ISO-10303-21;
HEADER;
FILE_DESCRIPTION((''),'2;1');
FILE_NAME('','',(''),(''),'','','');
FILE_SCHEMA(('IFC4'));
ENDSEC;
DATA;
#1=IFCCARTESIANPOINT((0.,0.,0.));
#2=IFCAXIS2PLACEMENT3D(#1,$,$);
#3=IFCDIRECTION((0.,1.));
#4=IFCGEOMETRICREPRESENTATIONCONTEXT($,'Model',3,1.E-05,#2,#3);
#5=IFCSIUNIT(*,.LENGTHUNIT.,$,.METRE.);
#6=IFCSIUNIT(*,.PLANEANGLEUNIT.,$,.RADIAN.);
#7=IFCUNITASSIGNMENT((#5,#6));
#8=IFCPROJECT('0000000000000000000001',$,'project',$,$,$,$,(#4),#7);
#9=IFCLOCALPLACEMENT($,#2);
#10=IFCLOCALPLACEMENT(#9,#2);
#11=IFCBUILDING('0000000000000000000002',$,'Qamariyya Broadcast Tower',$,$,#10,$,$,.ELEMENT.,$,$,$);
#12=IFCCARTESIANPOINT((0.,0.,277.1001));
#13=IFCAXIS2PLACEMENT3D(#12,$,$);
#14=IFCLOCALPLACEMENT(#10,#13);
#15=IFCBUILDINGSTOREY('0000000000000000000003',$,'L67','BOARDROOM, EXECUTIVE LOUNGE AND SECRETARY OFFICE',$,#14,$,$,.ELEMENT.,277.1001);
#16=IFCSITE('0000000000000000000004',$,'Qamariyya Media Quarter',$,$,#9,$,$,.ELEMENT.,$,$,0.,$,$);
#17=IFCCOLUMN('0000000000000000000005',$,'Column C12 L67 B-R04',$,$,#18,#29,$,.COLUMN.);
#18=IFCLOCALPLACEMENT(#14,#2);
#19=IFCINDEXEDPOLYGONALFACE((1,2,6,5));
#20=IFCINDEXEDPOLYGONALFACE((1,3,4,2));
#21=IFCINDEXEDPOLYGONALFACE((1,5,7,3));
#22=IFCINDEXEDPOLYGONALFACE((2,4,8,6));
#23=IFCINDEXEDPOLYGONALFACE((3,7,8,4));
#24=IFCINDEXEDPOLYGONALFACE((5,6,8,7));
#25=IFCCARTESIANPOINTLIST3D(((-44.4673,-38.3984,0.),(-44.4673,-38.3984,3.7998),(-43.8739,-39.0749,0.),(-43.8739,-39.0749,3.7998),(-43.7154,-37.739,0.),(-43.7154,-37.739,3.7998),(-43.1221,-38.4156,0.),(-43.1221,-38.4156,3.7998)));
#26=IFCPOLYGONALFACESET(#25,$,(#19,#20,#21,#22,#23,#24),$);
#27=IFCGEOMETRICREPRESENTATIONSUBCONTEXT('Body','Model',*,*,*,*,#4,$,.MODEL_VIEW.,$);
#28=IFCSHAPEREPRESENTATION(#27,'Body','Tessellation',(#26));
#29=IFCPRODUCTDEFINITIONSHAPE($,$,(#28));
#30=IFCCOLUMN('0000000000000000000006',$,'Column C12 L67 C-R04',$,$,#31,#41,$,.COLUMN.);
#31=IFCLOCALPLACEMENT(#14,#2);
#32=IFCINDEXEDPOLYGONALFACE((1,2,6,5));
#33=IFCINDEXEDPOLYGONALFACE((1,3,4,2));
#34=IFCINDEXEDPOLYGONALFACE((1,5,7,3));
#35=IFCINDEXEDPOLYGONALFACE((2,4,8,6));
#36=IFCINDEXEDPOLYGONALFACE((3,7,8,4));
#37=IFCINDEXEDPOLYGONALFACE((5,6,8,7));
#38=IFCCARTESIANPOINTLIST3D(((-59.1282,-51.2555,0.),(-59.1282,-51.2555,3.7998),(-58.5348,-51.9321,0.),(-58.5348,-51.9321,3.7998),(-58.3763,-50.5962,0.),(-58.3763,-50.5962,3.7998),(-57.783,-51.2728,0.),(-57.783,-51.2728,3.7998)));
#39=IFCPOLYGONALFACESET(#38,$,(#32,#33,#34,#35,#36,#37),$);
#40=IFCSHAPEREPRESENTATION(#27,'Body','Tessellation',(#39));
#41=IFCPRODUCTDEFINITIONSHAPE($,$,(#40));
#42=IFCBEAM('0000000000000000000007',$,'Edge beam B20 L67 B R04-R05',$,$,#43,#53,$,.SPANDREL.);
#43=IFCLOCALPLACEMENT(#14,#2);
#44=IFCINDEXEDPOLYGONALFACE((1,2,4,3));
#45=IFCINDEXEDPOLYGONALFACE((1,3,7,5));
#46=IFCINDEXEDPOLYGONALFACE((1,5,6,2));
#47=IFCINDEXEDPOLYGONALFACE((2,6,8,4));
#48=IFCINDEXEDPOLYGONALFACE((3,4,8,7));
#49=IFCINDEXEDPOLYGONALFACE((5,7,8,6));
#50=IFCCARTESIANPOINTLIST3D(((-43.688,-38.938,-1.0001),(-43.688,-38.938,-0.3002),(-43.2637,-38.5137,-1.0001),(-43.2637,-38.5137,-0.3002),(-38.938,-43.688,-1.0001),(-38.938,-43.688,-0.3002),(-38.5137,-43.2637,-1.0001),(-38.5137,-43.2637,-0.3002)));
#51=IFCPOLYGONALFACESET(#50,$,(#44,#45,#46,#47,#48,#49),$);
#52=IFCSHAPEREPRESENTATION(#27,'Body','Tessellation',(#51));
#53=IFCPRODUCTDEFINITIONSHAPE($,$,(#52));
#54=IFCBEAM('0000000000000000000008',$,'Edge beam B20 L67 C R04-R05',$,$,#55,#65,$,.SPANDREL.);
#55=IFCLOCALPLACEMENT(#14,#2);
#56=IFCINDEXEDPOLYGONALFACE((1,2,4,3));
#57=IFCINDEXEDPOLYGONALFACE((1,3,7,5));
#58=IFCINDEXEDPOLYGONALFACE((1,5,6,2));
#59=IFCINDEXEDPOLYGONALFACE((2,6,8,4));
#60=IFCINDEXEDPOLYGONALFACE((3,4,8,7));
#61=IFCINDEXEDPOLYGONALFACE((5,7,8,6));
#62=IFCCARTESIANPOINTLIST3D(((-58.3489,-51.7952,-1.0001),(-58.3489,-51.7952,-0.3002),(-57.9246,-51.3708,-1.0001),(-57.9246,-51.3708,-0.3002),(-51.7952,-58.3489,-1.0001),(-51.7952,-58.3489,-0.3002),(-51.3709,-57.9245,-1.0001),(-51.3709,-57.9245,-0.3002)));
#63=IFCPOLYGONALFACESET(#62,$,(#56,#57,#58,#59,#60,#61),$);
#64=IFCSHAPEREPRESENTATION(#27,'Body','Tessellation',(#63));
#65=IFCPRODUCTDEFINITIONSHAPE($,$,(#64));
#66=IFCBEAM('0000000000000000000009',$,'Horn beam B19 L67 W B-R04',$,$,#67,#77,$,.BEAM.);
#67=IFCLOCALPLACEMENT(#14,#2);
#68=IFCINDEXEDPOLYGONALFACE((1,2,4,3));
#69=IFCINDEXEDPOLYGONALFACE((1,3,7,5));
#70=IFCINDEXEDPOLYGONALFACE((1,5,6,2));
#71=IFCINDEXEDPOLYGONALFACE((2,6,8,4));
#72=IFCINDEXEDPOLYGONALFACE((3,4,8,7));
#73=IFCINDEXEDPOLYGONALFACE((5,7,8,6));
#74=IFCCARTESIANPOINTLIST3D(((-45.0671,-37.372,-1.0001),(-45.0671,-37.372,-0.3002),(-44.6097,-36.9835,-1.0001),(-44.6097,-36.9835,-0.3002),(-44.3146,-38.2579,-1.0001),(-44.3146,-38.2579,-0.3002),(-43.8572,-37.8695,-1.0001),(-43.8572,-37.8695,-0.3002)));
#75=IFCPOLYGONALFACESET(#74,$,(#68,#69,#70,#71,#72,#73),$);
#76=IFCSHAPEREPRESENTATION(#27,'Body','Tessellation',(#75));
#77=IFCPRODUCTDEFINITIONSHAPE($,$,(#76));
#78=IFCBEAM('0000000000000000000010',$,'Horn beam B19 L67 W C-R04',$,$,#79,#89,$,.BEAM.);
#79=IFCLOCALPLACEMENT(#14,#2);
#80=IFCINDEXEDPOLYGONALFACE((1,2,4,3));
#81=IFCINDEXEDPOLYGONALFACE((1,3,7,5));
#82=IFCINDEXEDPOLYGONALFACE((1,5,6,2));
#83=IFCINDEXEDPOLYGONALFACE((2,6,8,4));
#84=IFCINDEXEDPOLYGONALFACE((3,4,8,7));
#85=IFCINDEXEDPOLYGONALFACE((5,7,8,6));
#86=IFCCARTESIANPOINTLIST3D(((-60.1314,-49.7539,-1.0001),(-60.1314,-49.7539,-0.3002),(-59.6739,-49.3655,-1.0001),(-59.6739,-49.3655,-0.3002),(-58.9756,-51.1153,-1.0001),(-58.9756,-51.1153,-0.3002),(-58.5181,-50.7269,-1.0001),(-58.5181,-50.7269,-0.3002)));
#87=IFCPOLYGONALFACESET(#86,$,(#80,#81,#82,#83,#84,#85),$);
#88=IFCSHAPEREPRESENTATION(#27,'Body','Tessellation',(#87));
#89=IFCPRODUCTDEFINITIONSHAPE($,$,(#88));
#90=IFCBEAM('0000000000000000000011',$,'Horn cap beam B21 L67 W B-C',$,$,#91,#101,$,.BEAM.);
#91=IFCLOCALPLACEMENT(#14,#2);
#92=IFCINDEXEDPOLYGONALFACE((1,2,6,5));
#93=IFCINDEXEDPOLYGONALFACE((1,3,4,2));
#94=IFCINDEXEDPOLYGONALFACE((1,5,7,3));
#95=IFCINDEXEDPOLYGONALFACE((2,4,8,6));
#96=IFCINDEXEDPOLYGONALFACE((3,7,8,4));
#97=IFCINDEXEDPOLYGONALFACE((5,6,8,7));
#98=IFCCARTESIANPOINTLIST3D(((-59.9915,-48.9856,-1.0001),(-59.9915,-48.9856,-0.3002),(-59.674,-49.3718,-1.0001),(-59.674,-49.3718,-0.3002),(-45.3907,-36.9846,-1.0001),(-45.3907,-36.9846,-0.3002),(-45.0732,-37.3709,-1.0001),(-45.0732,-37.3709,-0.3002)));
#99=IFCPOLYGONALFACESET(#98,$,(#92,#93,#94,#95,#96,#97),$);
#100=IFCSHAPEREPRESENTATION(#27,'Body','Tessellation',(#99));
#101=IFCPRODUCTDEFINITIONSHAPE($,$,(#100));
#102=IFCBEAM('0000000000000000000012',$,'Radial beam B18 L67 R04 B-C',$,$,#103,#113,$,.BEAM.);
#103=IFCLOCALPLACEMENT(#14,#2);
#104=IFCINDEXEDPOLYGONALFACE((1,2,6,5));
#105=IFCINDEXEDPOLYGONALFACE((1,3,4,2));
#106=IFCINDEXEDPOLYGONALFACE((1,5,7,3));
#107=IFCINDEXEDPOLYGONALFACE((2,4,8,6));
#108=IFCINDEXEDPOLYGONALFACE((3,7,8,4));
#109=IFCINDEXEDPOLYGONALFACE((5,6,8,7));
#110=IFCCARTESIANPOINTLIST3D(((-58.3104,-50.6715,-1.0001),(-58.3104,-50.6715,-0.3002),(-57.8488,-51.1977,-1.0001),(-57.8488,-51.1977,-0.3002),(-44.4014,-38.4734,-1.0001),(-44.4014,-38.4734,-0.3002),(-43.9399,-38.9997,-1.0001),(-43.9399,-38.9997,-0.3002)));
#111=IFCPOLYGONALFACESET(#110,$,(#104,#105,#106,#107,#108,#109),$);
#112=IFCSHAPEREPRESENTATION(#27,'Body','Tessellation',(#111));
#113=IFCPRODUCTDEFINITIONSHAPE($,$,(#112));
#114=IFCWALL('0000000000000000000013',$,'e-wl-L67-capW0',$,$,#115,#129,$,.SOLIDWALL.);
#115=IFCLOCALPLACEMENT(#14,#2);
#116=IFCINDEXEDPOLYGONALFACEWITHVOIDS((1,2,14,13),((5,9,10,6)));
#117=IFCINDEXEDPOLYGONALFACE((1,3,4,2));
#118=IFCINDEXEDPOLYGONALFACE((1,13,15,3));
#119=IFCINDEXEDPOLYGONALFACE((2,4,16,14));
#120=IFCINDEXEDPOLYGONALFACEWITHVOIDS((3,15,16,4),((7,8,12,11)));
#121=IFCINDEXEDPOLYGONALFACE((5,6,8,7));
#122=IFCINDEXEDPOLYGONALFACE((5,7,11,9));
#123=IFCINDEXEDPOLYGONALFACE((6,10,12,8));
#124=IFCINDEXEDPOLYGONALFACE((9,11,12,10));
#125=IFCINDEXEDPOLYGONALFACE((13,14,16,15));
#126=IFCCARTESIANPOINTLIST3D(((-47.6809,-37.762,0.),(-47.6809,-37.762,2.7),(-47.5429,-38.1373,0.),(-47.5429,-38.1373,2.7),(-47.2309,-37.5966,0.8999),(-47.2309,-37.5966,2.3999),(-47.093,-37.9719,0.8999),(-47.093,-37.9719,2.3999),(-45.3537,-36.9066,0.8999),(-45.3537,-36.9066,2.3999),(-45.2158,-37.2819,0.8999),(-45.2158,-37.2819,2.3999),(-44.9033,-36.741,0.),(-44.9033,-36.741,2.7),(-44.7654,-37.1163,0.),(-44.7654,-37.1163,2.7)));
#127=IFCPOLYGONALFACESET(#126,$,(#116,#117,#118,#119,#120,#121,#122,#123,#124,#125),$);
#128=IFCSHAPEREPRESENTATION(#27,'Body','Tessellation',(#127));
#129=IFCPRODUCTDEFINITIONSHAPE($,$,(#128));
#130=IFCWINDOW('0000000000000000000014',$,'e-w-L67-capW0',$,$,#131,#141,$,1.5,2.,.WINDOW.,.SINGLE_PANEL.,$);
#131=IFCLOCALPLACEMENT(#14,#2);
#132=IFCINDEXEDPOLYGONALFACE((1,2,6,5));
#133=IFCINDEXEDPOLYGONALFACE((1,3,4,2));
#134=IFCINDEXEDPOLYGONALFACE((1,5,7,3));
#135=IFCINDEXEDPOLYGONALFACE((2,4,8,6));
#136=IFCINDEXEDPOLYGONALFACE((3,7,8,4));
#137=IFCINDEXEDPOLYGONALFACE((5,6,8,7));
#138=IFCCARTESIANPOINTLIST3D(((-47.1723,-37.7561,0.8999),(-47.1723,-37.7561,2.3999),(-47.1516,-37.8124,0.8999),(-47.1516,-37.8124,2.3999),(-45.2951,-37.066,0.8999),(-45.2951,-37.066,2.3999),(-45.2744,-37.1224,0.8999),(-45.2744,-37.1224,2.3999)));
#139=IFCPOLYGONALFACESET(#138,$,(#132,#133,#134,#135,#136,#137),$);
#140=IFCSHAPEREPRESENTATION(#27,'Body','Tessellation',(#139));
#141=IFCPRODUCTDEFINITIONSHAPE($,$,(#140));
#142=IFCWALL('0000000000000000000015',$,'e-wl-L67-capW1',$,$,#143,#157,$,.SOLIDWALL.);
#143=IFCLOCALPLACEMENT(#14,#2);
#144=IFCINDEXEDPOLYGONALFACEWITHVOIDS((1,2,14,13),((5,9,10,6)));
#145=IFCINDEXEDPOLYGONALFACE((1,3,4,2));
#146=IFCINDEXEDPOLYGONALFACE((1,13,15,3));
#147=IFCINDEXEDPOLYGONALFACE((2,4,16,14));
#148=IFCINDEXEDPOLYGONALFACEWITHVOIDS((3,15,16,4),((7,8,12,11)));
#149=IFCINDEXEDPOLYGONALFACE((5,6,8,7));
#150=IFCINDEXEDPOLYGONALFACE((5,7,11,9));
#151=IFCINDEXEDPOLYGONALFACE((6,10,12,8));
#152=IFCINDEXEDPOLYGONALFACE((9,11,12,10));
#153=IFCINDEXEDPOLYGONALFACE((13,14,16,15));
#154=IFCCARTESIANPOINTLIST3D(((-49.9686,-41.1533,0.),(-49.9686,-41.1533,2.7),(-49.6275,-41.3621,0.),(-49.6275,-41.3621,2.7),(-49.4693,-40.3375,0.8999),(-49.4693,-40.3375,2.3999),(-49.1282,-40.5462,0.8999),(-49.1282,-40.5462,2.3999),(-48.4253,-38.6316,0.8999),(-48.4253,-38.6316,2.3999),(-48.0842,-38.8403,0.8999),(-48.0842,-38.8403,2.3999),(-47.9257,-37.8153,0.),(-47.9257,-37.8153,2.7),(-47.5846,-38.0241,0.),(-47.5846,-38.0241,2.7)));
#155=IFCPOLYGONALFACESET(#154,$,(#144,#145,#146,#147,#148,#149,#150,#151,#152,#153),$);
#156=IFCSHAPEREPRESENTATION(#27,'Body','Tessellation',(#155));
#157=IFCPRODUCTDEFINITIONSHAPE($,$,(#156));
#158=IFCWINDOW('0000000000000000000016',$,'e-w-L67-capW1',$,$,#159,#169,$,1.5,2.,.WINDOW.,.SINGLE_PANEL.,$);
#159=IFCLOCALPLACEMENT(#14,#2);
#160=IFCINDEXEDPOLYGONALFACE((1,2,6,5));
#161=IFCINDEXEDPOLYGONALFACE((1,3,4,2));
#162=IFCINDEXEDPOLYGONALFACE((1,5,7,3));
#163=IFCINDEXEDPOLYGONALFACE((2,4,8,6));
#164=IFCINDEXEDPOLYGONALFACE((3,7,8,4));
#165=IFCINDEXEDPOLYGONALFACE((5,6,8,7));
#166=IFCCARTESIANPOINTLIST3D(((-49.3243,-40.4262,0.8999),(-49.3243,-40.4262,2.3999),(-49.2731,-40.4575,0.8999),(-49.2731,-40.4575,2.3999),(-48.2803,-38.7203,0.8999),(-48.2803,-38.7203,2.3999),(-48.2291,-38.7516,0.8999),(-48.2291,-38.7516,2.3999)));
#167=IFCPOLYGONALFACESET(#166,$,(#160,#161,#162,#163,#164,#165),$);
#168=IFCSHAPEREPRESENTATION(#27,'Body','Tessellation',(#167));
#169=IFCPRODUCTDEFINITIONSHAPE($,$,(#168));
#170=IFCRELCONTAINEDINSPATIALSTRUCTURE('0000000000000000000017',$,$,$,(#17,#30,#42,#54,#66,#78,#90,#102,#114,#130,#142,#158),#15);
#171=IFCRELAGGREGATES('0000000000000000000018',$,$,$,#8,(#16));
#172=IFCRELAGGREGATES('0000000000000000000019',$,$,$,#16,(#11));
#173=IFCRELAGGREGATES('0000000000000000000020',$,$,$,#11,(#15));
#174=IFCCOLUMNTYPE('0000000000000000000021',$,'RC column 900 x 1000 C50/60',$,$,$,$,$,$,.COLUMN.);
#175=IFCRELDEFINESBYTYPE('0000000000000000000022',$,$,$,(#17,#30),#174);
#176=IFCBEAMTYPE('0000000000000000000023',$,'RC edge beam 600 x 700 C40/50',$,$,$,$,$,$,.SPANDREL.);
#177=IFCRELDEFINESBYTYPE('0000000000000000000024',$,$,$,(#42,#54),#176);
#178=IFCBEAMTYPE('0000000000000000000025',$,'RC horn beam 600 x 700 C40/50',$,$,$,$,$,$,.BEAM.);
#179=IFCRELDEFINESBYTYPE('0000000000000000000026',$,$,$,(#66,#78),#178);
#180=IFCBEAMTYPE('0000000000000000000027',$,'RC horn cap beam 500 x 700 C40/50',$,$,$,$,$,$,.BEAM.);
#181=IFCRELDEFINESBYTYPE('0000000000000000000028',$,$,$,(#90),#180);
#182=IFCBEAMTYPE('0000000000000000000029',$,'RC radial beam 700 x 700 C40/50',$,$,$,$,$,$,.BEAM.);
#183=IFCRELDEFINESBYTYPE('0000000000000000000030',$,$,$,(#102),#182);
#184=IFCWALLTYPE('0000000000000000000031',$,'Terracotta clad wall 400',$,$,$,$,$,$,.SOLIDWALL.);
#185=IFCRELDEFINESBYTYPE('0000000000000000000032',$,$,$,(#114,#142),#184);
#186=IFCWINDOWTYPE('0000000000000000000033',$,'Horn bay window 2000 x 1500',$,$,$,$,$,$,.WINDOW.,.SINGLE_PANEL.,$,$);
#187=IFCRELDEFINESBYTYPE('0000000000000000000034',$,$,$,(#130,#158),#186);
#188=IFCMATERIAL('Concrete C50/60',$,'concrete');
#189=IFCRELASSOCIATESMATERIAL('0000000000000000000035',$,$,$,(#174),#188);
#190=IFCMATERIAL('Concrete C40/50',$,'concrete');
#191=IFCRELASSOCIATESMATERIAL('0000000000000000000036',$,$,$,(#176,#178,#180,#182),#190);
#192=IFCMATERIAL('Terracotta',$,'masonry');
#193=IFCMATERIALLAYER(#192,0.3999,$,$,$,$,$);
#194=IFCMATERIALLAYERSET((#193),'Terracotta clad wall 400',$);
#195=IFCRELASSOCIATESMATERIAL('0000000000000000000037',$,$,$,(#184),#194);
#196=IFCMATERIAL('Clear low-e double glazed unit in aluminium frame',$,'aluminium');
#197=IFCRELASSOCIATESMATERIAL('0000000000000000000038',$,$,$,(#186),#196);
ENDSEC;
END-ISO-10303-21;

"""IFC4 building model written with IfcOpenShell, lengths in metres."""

from ifc_helpers import new_model, si_unit, direction, frame, frame_2d, origin, origin_2d, place, context, subcontext, project, spatial, rectangle, extrude, material, layer, layer_set, material_profile, profile_set, type_object, element, fill, save


model = new_model("IFC4")

# Units and contexts
model_context = context("Model", 3, precision=1e-05, world=origin(), true_north=direction((0.0, 1.0)))
body_context = subcontext(model_context, "Body", "Model", "MODEL_VIEW")
ifc_project = project(units=[si_unit("LENGTHUNIT", "METRE"), si_unit("PLANEANGLEUNIT", "RADIAN")], contexts=[model_context])

# Site, building, storey
site_placement = place(None, origin())
site = spatial("IfcSite", under=ifc_project, at=site_placement, Name="Qamariyya Media Quarter", CompositionType="ELEMENT", RefElevation=0.0)
building_placement = place(site_placement, origin())
building = spatial("IfcBuilding", under=site, at=building_placement, Name="Qamariyya Broadcast Tower", CompositionType="ELEMENT")
storey_placement = place(building_placement, frame((0.0, 0.0, 277.1001)))
storey = spatial("IfcBuildingStorey", under=building, at=storey_placement, Name="L67", Description="BOARDROOM, EXECUTIVE LOUNGE AND SECRETARY OFFICE", CompositionType="ELEMENT", Elevation=277.1001)

# Columns
ifc_material_1 = material(Name="Concrete C50/60", Category="concrete")
ifc_material_profile_1 = material_profile(ifc_material_1, rectangle(XDim=0.8999, YDim=1.0, at=origin_2d()))
ifc_profile_set_1 = profile_set([ifc_material_profile_1], Name="Concrete C50/60")
column_type = type_object("IfcColumnType", Name="RC column 900 x 1000 C50/60", PredefinedType="COLUMN", material=ifc_profile_set_1)
for number, where, z_axis, x_axis, name in (
    (1, (-43.7947, -38.407, 0.0), (0.0, 0.0, 1.0), (0.659346, -0.75184, 0.0), "Column C12 L67 B-R04"),
    (2, (-58.4556, -51.2642, 0.0), (0.0, 0.0, 1.0), (0.659346, -0.75184, 0.0), "Column C12 L67 C-R04"),
):
    element("IfcColumn", number, at=place(storey_placement, frame(where, z_axis=z_axis, x_axis=x_axis)), inside=storey, type_object=column_type, Name=name, PredefinedType="COLUMN", context=body_context, shape_type="SweptSolid", body=[
        extrude(rectangle(XDim=0.8999, YDim=1.0, at=origin_2d()), origin(), (0.0, 0.0, 1.0), 3.7998),
    ])

# Beams
ifc_material_2 = material(Name="Concrete C40/50", Category="concrete")
ifc_material_profile_2 = material_profile(ifc_material_2, rectangle(XDim=0.6001, YDim=0.7, at=origin_2d()))
ifc_profile_set_2 = profile_set([ifc_material_profile_2], Name="Concrete C40/50")
beam_type_1 = type_object("IfcBeamType", Name="RC edge beam 600 x 700 C40/50", PredefinedType="SPANDREL", material=ifc_profile_set_2)
beam_1_placement = place(storey_placement, frame((-43.4758, -38.7258, -0.6501), z_axis=(0.707107, -0.707107, 0.0), x_axis=(0.707107, 0.707107, 0.0)))
element("IfcBeam", 3, at=beam_1_placement, inside=storey, type_object=beam_type_1, Name="Edge beam B20 L67 B R04-R05", PredefinedType="SPANDREL", context=body_context, shape_type="SweptSolid", body=[
    extrude(rectangle(XDim=0.6001, YDim=0.7, at=origin_2d()), origin(), (0.0, 0.0, 1.0), 6.7175),
])
beam_2_placement = place(storey_placement, frame((-58.1367, -51.583, -0.6501), z_axis=(0.707107, -0.707107, 0.0), x_axis=(0.707107, 0.707107, 0.0)))
element("IfcBeam", 4, at=beam_2_placement, inside=storey, type_object=beam_type_1, Name="Edge beam B20 L67 C R04-R05", PredefinedType="SPANDREL", context=body_context, shape_type="SweptSolid", body=[
    extrude(rectangle(XDim=0.6001, YDim=0.7, at=origin_2d()), origin(), (0.0, 0.0, 1.0), 9.2683),
])
ifc_material_profile_3 = material_profile(ifc_material_2, rectangle(XDim=0.6001, YDim=0.7, at=origin_2d()))
ifc_profile_set_3 = profile_set([ifc_material_profile_3], Name="Concrete C40/50")
beam_type_2 = type_object("IfcBeamType", Name="RC horn beam 600 x 700 C40/50", PredefinedType="BEAM", material=ifc_profile_set_3)
beam_3_placement = place(storey_placement, frame((-44.0859, -38.0637, -0.6501), z_axis=(-0.647325, 0.762214, 0.0), x_axis=(-0.762214, -0.647325, 0.0)))
element("IfcBeam", 5, at=beam_3_placement, inside=storey, type_object=beam_type_2, Name="Horn beam B19 L67 W B-R04", PredefinedType="BEAM", context=body_context, shape_type="SweptSolid", body=[
    extrude(rectangle(XDim=0.6001, YDim=0.7, at=origin_2d()), origin(), (0.0, 0.0, 1.0), 1.1624),
])
beam_4_placement = place(storey_placement, frame((-58.7468, -50.9211, -0.6501), z_axis=(-0.647204, 0.762317, 0.0), x_axis=(-0.762317, -0.647204, 0.0)))
element("IfcBeam", 6, at=beam_4_placement, inside=storey, type_object=beam_type_2, Name="Horn beam B19 L67 W C-R04", PredefinedType="BEAM", context=body_context, shape_type="SweptSolid", body=[
    extrude(rectangle(XDim=0.6001, YDim=0.7, at=origin_2d()), origin(), (0.0, 0.0, 1.0), 1.7859),
])
ifc_material_profile_4 = material_profile(ifc_material_2, rectangle(XDim=0.5, YDim=0.7, at=origin_2d()))
ifc_profile_set_4 = profile_set([ifc_material_profile_4], Name="Concrete C40/50")
beam_type_3 = type_object("IfcBeamType", Name="RC horn cap beam 500 x 700 C40/50", PredefinedType="BEAM", material=ifc_profile_set_4)
beam_5_placement = place(storey_placement, frame((-45.2319, -37.1777, -0.6501), z_axis=(-0.772533, -0.634974, 0.0), x_axis=(0.634974, -0.772533, 0.0)))
element("IfcBeam", 7, at=beam_5_placement, inside=storey, type_object=beam_type_3, Name="Horn cap beam B21 L67 W B-C", PredefinedType="BEAM", context=body_context, shape_type="SweptSolid", body=[
    extrude(rectangle(XDim=0.5, YDim=0.7, at=origin_2d()), origin(), (0.0, 0.0, 1.0), 18.8999),
])
ifc_material_profile_5 = material_profile(ifc_material_2, rectangle(XDim=0.7, YDim=0.7, at=origin_2d()))
ifc_profile_set_5 = profile_set([ifc_material_profile_5], Name="Concrete C40/50")
beam_type_4 = type_object("IfcBeamType", Name="RC radial beam 700 x 700 C40/50", PredefinedType="BEAM", material=ifc_profile_set_5)
beam_6_placement = place(storey_placement, frame((-44.1707, -38.7366, -0.6501), z_axis=(-0.751835, -0.659352, 0.0), x_axis=(0.659352, -0.751835, 0.0)))
element("IfcBeam", 8, at=beam_6_placement, inside=storey, type_object=beam_type_4, Name="Radial beam B18 L67 R04 B-C", PredefinedType="BEAM", context=body_context, shape_type="SweptSolid", body=[
    extrude(rectangle(XDim=0.7, YDim=0.7, at=origin_2d()), origin(), (0.0, 0.0, 1.0), 18.5),
])

# Walls, openings, windows
ifc_material_3 = material(Name="Terracotta", Category="masonry")
ifc_layer = layer(ifc_material_3, 0.3999)
ifc_layer_set = layer_set([ifc_layer], Name="Terracotta clad wall 400")
wall_type = type_object("IfcWallType", Name="Terracotta clad wall 400", PredefinedType="SOLIDWALL", material=ifc_layer_set)
wall_1_placement = place(storey_placement, frame((-44.8345, -36.9287, 0.0), z_axis=(0.0, 0.0, 1.0), x_axis=(-0.938598, -0.345013, 0.0)))
wall_1 = element("IfcWall", 9, at=wall_1_placement, inside=storey, type_object=wall_type, Name="e-wl-L67-capW0", PredefinedType="SOLIDWALL", context=body_context, shape_type="SweptSolid", body=[
    extrude(rectangle(XDim=2.9592, YDim=0.3999, at=frame_2d((1.4795, 0.0))), origin(), (0.0, 0.0, 1.0), 2.7),
])
opening_1_placement = place(wall_1_placement, frame((0.4797, 0.0, 0.8999)))
opening_1 = element("IfcOpeningElement", 10, at=opening_1_placement, cuts=wall_1, PredefinedType="OPENING", context=body_context, shape_type="SweptSolid", body=[
    extrude(rectangle(XDim=2.0, YDim=1.5, at=frame_2d((1.0, 0.75))), frame((0.0, 0.21, 0.0), z_axis=(0.0, -1.0, 0.0), x_axis=(1.0, 0.0, 0.0)), (0.0, 0.0, 1.0), 0.4199),
])
ifc_material_4 = material(Name="Clear low-e double glazed unit in aluminium frame", Category="aluminium")
window_type = type_object("IfcWindowType", Name="Horn bay window 2000 x 1500", PartitioningType="SINGLE_PANEL", PredefinedType="WINDOW", material=ifc_material_4)
window_1_placement = place(opening_1_placement, origin())
window_1 = element("IfcWindow", 11, at=window_1_placement, inside=storey, type_object=window_type, Name="e-w-L67-capW0", OverallHeight=1.5, OverallWidth=2.0, PartitioningType="SINGLE_PANEL", PredefinedType="WINDOW", context=body_context, shape_type="SweptSolid", body=[
    extrude(rectangle(XDim=2.0, YDim=1.5, at=frame_2d((1.0, 0.75))), frame((0.0, 0.03, 0.0), z_axis=(0.0, -1.0, 0.0), x_axis=(1.0, 0.0, 0.0)), (0.0, 0.0, 1.0), 0.0601),
])
fill(opening_1, window_1)
wall_2_placement = place(storey_placement, frame((-47.7551, -37.9197, 0.0), z_axis=(0.0, 0.0, 1.0), x_axis=(-0.522008, -0.852941, 0.0)))
wall_2 = element("IfcWall", 12, at=wall_2_placement, inside=storey, type_object=wall_type, Name="e-wl-L67-capW1", PredefinedType="SOLIDWALL", context=body_context, shape_type="SweptSolid", body=[
    extrude(rectangle(XDim=3.9136, YDim=0.3999, at=frame_2d((1.9568, 0.0))), origin(), (0.0, 0.0, 1.0), 2.7),
])
opening_2_placement = place(wall_2_placement, frame((0.957, 0.0, 0.8999)))
opening_2 = element("IfcOpeningElement", 13, at=opening_2_placement, cuts=wall_2, PredefinedType="OPENING", context=body_context, shape_type="SweptSolid", body=[
    extrude(rectangle(XDim=2.0, YDim=1.5, at=frame_2d((1.0, 0.75))), frame((0.0, 0.21, 0.0), z_axis=(0.0, -1.0, 0.0), x_axis=(1.0, 0.0, 0.0)), (0.0, 0.0, 1.0), 0.4199),
])
window_2_placement = place(opening_2_placement, origin())
window_2 = element("IfcWindow", 14, at=window_2_placement, inside=storey, type_object=window_type, Name="e-w-L67-capW1", OverallHeight=1.5, OverallWidth=2.0, PartitioningType="SINGLE_PANEL", PredefinedType="WINDOW", context=body_context, shape_type="SweptSolid", body=[
    extrude(rectangle(XDim=2.0, YDim=1.5, at=frame_2d((1.0, 0.75))), frame((0.0, 0.03, 0.0), z_axis=(0.0, -1.0, 0.0), x_axis=(1.0, 0.0, 0.0)), (0.0, 0.0, 1.0), 0.0601),
])
fill(opening_2, window_2)

save(model, "model.ifc")
